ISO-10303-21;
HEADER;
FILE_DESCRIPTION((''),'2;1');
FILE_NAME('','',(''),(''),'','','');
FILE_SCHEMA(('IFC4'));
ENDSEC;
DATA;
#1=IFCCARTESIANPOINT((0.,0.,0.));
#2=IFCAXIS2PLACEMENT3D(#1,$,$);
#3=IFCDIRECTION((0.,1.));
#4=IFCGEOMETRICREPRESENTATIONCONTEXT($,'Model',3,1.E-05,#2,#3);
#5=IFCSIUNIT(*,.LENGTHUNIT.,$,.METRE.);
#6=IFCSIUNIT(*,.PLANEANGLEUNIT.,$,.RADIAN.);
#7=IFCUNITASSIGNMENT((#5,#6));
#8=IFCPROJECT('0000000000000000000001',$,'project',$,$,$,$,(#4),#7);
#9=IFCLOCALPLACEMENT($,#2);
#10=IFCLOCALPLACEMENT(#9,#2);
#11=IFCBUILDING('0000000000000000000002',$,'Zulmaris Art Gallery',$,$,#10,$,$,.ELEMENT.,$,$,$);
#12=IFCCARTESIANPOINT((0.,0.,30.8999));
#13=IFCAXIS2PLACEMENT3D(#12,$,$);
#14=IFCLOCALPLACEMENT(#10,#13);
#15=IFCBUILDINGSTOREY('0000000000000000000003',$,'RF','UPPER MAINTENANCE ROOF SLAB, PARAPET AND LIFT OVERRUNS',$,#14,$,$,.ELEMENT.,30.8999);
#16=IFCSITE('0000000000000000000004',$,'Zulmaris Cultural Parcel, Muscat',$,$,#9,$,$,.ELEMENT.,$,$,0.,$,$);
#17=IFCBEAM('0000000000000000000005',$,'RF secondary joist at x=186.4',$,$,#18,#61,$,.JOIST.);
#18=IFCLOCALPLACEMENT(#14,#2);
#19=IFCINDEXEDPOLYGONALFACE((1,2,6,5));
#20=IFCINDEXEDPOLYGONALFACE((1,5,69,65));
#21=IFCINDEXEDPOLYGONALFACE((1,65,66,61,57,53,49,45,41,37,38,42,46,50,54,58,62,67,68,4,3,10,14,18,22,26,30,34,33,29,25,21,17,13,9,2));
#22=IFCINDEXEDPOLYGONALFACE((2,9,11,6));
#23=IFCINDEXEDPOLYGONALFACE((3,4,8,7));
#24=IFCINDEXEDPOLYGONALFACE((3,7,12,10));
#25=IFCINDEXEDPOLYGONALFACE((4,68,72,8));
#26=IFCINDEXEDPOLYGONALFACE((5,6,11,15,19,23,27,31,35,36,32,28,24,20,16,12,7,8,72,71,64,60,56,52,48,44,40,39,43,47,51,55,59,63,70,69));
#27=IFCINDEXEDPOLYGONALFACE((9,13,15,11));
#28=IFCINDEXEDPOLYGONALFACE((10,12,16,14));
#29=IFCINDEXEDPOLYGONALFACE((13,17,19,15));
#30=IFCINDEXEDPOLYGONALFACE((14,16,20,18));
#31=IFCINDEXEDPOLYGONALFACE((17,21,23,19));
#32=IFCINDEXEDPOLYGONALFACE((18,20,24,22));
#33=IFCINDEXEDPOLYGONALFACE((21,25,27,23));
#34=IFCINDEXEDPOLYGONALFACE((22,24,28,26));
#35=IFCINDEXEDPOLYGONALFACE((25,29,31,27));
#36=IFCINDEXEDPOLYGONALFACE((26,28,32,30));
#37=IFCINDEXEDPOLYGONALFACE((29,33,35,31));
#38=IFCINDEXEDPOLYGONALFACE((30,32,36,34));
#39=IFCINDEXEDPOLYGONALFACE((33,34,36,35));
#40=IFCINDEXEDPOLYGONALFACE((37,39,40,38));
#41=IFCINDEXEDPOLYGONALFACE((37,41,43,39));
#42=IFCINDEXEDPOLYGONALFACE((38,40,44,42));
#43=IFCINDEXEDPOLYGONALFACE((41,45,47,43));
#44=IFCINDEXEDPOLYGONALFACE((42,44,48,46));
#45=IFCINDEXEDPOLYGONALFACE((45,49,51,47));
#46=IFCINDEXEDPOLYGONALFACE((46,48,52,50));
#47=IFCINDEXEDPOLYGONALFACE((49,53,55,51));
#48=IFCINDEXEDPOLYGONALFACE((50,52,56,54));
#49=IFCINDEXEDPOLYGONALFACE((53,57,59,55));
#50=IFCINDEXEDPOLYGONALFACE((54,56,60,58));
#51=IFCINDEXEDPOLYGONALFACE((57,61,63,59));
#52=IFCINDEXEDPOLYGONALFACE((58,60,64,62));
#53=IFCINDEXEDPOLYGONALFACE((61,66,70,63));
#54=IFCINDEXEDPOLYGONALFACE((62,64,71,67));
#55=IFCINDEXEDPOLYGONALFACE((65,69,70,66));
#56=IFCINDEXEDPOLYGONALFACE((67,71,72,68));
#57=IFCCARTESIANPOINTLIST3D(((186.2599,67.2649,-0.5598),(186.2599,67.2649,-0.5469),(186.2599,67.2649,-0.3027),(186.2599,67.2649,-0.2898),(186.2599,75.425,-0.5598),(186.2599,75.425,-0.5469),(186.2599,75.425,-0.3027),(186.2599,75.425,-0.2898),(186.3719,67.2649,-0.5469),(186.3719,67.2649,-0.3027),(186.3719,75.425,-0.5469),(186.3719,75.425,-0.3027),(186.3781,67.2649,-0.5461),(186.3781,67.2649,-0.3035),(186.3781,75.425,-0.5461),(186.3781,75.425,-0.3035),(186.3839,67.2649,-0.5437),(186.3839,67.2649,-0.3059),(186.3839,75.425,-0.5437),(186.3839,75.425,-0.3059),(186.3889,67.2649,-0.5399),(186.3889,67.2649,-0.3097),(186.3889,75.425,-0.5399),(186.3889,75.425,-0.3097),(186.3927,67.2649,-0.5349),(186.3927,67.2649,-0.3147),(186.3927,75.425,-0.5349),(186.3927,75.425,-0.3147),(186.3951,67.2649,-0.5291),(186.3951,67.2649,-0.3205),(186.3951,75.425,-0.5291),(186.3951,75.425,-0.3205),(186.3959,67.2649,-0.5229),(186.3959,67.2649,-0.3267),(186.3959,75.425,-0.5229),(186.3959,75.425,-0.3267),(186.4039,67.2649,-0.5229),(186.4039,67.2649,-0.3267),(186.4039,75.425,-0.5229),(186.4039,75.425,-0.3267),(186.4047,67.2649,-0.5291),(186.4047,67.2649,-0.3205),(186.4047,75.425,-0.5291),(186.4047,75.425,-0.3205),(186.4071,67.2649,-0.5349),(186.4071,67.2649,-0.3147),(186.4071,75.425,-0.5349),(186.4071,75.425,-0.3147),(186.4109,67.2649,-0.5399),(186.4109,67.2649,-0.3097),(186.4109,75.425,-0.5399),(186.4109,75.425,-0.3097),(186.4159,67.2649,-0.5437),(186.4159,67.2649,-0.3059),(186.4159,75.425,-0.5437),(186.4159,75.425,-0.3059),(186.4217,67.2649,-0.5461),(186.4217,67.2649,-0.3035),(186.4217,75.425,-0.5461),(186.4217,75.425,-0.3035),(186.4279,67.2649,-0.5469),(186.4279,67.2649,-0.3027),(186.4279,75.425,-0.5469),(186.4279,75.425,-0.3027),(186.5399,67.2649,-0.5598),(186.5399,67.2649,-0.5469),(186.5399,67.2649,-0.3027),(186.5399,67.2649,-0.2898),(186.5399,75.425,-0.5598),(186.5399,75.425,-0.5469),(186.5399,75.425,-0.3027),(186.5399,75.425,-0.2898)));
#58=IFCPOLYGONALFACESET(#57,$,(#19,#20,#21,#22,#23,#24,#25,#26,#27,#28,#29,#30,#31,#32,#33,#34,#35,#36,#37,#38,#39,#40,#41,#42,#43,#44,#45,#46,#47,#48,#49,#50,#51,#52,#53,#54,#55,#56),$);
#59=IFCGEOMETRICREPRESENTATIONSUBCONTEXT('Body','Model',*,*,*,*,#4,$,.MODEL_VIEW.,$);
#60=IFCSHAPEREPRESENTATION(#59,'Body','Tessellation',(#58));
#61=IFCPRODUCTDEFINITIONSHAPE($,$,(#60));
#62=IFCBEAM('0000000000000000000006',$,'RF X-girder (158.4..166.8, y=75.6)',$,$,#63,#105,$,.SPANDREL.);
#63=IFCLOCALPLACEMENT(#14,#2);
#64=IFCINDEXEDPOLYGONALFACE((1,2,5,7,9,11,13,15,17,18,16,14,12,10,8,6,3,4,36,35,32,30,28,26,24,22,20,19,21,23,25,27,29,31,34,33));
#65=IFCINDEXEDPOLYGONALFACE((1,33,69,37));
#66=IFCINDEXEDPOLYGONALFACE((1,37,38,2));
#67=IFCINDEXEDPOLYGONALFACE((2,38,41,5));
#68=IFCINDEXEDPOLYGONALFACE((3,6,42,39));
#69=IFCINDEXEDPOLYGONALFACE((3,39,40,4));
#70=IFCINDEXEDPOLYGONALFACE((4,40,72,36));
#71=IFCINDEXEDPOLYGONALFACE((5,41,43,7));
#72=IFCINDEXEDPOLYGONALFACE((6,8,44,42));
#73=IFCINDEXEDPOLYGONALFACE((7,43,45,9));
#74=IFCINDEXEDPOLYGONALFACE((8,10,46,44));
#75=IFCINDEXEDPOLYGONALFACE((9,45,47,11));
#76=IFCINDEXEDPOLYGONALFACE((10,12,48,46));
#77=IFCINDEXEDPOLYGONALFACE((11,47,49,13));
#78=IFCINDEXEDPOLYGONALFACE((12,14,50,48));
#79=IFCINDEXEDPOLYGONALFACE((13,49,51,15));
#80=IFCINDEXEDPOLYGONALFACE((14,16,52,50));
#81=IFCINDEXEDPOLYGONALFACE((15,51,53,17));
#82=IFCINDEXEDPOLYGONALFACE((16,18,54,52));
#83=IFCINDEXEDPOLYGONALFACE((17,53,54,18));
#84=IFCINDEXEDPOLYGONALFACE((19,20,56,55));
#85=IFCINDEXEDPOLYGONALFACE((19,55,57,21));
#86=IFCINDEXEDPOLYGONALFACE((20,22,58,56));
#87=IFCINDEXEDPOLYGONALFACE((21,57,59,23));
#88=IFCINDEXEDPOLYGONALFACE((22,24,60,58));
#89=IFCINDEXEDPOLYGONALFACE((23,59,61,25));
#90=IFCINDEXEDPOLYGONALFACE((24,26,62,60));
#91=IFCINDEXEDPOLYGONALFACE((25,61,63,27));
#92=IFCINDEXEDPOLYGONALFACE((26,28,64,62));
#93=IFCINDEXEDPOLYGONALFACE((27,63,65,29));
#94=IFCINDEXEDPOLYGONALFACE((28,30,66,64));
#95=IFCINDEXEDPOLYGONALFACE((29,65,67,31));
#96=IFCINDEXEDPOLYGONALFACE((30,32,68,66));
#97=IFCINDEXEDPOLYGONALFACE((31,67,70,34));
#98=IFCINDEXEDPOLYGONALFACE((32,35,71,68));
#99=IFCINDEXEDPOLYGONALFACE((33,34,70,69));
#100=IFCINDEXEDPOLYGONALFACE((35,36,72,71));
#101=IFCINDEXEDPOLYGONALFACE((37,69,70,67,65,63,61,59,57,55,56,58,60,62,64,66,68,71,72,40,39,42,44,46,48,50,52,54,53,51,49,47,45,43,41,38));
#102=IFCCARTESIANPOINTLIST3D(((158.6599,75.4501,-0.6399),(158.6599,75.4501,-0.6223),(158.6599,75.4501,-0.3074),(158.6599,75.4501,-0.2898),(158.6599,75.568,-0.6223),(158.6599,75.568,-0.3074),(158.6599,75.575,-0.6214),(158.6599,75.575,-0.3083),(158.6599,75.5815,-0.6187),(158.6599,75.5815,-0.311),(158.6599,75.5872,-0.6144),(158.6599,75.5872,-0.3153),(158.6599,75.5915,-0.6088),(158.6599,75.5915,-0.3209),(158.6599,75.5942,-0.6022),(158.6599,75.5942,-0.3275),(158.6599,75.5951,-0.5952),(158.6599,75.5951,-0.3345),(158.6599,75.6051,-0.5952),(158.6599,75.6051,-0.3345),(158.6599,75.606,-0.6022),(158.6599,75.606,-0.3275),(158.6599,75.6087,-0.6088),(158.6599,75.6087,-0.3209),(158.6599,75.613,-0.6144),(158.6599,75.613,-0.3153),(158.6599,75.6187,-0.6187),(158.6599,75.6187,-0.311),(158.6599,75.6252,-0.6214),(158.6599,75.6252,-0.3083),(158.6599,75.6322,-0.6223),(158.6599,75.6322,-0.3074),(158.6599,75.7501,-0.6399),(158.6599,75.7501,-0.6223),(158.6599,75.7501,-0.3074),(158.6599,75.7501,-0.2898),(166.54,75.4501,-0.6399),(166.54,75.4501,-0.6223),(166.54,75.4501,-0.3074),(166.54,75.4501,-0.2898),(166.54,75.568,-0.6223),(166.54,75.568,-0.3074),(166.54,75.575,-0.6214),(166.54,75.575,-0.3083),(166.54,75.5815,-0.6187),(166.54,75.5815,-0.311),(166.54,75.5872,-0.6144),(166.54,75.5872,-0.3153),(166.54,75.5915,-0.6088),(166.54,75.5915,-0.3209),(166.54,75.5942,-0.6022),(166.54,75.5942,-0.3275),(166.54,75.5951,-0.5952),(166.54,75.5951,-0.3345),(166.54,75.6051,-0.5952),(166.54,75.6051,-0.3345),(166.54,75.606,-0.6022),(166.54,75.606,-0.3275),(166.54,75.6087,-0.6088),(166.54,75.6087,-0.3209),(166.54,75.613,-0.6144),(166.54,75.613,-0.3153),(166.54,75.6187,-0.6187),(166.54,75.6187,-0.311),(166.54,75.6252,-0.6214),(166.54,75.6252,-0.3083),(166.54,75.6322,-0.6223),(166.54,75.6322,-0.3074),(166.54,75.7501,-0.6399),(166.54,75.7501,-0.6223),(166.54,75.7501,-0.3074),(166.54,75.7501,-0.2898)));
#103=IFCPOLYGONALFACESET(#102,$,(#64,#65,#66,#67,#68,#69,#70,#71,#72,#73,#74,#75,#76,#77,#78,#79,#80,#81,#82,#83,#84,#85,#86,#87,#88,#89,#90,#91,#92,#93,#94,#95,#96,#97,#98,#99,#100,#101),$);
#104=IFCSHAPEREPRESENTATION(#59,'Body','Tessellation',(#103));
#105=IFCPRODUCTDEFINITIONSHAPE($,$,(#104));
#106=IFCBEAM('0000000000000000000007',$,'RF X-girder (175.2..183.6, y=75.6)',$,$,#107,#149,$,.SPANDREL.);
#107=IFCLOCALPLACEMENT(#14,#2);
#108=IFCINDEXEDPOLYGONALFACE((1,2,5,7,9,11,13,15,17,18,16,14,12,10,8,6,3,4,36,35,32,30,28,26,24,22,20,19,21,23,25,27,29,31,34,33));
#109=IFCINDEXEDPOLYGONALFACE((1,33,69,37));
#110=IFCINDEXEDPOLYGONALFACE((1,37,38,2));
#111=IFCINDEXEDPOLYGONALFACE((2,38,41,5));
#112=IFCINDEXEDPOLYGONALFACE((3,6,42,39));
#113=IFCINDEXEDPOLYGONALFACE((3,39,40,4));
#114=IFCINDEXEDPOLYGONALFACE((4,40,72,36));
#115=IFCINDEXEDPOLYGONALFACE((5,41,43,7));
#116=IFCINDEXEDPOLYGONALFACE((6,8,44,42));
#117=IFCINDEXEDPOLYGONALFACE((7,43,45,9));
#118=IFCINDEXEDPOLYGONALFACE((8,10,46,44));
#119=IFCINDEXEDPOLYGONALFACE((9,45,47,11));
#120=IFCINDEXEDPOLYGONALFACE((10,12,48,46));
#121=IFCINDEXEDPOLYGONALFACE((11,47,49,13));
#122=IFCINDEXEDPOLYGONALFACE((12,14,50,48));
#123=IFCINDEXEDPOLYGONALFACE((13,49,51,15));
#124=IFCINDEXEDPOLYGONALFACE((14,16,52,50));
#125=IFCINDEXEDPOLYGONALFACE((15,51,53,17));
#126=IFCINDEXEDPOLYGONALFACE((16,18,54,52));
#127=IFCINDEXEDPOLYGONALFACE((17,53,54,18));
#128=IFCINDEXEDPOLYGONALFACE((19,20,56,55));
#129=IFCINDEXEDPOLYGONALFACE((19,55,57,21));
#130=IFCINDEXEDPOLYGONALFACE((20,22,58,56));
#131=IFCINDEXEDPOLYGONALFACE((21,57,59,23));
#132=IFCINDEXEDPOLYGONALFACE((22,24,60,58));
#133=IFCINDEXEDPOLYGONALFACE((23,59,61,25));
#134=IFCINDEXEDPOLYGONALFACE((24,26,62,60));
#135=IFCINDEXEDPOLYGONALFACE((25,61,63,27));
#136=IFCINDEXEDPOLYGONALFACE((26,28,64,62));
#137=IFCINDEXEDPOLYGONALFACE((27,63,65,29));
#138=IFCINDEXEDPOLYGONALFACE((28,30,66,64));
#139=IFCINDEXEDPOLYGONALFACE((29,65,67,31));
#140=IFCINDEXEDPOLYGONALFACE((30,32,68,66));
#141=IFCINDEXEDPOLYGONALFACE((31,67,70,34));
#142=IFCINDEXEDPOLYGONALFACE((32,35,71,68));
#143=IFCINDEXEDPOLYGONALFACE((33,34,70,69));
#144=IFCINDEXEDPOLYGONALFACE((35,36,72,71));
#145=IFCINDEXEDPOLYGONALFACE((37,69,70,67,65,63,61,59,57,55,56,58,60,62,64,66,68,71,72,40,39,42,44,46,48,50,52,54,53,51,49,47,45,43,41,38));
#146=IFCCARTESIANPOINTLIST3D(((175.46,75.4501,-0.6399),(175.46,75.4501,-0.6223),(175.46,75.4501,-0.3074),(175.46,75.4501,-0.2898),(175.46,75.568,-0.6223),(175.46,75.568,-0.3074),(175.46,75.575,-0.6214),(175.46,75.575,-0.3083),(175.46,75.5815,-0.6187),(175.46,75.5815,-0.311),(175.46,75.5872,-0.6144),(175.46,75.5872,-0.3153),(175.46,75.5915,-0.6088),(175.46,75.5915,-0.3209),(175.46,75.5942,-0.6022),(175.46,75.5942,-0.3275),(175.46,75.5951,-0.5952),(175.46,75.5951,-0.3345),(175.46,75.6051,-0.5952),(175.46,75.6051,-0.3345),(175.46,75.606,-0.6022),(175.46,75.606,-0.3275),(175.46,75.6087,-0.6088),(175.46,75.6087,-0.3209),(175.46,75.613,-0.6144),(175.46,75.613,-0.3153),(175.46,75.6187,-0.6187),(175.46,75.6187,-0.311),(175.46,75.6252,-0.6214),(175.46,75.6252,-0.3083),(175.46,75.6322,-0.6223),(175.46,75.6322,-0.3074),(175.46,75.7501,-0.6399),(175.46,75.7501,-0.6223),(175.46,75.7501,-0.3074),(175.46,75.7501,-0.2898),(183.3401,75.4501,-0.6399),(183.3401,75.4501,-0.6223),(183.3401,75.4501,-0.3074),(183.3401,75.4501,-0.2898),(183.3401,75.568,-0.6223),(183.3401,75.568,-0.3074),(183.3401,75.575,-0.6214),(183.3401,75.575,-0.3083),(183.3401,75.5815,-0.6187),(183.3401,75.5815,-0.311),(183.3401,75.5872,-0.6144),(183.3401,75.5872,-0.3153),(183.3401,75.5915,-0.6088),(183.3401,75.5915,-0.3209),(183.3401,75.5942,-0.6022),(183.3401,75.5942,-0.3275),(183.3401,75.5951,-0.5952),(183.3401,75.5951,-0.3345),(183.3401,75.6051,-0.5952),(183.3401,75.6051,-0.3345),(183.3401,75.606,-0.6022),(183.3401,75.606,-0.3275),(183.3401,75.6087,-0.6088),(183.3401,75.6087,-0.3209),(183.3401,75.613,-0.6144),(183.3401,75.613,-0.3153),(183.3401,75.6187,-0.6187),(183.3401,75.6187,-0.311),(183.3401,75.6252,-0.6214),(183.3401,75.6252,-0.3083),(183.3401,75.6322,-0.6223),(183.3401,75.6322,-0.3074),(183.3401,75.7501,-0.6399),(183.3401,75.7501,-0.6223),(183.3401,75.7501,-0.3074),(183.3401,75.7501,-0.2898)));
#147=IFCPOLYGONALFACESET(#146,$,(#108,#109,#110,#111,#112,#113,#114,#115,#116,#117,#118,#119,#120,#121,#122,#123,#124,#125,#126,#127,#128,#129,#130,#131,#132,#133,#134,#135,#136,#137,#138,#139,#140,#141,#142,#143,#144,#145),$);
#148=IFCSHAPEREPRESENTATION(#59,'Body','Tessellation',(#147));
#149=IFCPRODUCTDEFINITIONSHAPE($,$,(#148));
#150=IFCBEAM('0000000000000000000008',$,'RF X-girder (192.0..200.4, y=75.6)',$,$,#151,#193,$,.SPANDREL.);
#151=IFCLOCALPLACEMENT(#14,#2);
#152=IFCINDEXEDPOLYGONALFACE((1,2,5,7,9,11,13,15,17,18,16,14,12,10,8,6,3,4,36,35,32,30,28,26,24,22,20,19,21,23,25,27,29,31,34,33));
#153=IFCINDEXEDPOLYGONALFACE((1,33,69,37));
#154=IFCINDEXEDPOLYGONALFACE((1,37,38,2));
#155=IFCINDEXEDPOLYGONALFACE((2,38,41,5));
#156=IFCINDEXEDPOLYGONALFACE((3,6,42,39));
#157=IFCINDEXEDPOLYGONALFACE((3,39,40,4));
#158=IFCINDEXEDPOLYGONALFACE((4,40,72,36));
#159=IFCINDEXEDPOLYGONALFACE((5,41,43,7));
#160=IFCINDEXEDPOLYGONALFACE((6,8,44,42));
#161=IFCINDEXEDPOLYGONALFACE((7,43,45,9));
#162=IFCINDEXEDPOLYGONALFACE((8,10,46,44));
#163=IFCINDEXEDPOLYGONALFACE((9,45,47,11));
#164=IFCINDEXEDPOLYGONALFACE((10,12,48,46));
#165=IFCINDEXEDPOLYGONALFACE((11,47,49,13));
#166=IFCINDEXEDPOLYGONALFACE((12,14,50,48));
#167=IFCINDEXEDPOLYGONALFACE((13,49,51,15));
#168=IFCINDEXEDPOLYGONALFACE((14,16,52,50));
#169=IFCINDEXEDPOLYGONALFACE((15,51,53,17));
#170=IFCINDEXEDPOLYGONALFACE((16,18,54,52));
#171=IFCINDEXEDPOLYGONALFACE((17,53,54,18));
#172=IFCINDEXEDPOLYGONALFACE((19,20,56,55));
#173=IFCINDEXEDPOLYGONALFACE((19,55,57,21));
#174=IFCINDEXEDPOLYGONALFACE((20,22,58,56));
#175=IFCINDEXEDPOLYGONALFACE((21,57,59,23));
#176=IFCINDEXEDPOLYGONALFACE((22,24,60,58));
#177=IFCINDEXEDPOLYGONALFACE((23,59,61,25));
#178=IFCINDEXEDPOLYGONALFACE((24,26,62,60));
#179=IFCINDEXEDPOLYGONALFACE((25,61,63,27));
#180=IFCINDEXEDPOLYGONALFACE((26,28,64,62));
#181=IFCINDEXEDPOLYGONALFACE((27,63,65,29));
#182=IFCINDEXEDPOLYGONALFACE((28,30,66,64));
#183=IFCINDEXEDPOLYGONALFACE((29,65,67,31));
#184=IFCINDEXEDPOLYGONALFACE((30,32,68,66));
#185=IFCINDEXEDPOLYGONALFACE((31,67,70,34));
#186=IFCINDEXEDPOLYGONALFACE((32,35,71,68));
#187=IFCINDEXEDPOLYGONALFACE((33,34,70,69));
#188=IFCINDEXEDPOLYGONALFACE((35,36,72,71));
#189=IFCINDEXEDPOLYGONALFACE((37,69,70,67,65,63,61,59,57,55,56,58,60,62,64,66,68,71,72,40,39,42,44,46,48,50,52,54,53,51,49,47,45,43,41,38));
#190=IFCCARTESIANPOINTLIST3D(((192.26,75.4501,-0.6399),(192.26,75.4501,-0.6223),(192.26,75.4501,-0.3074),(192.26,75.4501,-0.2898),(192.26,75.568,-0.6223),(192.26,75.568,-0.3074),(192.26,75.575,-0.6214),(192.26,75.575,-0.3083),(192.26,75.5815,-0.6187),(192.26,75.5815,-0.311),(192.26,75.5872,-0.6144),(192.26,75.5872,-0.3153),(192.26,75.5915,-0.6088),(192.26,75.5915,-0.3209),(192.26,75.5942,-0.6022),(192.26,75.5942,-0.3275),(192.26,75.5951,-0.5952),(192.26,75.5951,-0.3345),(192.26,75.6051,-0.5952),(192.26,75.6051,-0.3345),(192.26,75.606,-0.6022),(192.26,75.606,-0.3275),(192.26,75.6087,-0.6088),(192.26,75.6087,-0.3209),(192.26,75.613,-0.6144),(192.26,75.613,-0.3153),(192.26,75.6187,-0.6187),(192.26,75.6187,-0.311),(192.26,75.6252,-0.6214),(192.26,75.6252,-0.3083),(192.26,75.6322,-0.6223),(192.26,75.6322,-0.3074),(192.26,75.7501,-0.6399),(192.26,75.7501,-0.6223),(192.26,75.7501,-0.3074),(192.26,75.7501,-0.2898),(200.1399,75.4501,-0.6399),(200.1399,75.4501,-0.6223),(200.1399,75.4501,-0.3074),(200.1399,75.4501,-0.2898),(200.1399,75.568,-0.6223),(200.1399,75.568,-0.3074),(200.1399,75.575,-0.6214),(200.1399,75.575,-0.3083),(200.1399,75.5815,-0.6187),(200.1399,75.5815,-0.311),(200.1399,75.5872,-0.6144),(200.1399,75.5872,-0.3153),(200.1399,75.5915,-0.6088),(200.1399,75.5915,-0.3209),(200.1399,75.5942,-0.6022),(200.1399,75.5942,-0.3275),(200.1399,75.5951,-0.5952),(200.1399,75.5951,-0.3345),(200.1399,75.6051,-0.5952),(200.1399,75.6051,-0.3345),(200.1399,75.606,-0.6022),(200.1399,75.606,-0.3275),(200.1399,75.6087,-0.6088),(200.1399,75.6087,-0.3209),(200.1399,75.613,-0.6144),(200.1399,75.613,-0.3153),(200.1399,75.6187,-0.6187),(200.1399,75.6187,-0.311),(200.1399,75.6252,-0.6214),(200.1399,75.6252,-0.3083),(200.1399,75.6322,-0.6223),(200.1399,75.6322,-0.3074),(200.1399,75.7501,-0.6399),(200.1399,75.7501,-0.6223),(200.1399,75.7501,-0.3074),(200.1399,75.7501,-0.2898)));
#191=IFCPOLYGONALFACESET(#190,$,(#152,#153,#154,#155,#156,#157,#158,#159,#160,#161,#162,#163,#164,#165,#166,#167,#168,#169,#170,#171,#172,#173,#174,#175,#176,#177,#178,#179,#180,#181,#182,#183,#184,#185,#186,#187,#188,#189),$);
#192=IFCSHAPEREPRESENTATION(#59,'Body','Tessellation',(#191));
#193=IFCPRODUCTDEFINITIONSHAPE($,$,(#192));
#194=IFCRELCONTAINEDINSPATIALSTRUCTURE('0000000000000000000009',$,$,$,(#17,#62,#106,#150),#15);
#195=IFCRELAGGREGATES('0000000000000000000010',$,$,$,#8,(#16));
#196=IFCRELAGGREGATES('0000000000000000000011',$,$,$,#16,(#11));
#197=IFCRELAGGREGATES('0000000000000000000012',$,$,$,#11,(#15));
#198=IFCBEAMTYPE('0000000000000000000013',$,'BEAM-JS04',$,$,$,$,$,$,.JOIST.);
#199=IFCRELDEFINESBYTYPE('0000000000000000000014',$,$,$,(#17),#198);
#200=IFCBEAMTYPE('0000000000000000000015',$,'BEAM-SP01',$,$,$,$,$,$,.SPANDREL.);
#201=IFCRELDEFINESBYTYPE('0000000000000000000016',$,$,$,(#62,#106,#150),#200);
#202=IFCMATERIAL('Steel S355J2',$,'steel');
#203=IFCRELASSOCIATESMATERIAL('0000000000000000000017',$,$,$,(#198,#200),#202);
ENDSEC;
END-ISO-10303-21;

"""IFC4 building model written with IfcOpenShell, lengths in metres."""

from ifc_helpers import new_model, si_unit, direction, frame, origin, origin_2d, place, context, subcontext, project, spatial, i_section, extrude, material, material_profile, profile_set, type_object, element, save


model = new_model("IFC4")

# Units and contexts
model_context = context("Model", 3, precision=1e-05, world=origin(), true_north=direction((0.0, 1.0)))
body_context = subcontext(model_context, "Body", "Model", "MODEL_VIEW")
ifc_project = project(units=[si_unit("LENGTHUNIT", "METRE"), si_unit("PLANEANGLEUNIT", "RADIAN")], contexts=[model_context])

# Site, building, storey
site_placement = place(None, origin())
site = spatial("IfcSite", under=ifc_project, at=site_placement, Name="Zulmaris Cultural Parcel, Muscat", CompositionType="ELEMENT", RefElevation=0.0)
building_placement = place(site_placement, origin())
building = spatial("IfcBuilding", under=site, at=building_placement, Name="Zulmaris Art Gallery", CompositionType="ELEMENT")
storey_placement = place(building_placement, frame((0.0, 0.0, 30.8999)))
storey = spatial("IfcBuildingStorey", under=building, at=storey_placement, Name="RF", Description="UPPER MAINTENANCE ROOF SLAB, PARAPET AND LIFT OVERRUNS", CompositionType="ELEMENT", Elevation=30.8999)

# Beams
ifc_material_1 = material(Name="Steel S355J2", Category="steel")
ifc_material_profile_1 = material_profile(ifc_material_1, i_section(OverallWidth=0.28, OverallDepth=0.27, WebThickness=0.0081, FlangeThickness=0.0129, FilletRadius=0.0239, at=origin_2d()), Name="HEA 280")
ifc_profile_set_1 = profile_set([ifc_material_profile_1], Name="Steel S355J2")
beam_type_1 = type_object("IfcBeamType", Name="BEAM-JS04", PredefinedType="JOIST", material=ifc_profile_set_1)
beam_1_placement = place(storey_placement, frame((186.3999, 67.2649, -0.4248), z_axis=(0.0, 1.0, 0.0), x_axis=(-1.0, 0.0, 0.0)))
element("IfcBeam", 1, at=beam_1_placement, inside=storey, type_object=beam_type_1, Name="RF secondary joist at x=186.4", PredefinedType="JOIST", context=body_context, shape_type="SweptSolid", body=[
    extrude(i_section(OverallWidth=0.28, OverallDepth=0.27, WebThickness=0.0081, FlangeThickness=0.0129, FilletRadius=0.0239, at=origin_2d()), origin(), (0.0, 0.0, 1.0), 8.1602),
])
ifc_material_profile_2 = material_profile(ifc_material_1, i_section(OverallWidth=0.3, OverallDepth=0.3501, WebThickness=0.01, FlangeThickness=0.0176, FilletRadius=0.0271, at=origin_2d()), Name="HEA 360")
ifc_profile_set_2 = profile_set([ifc_material_profile_2], Name="Steel S355J2")
beam_type_2 = type_object("IfcBeamType", Name="BEAM-SP01", PredefinedType="SPANDREL", material=ifc_profile_set_2)
for number, where, z_axis, x_axis, name in (
    (2, (158.6599, 75.6001, -0.4648), (1.0, 0.0, 0.0), (0.0, 1.0, 0.0), "RF X-girder (158.4..166.8, y=75.6)"),
    (3, (175.46, 75.6001, -0.4648), (1.0, 0.0, 0.0), (0.0, 1.0, 0.0), "RF X-girder (175.2..183.6, y=75.6)"),
):
    element("IfcBeam", number, at=place(storey_placement, frame(where, z_axis=z_axis, x_axis=x_axis)), inside=storey, type_object=beam_type_2, Name=name, PredefinedType="SPANDREL", context=body_context, shape_type="SweptSolid", body=[
        extrude(i_section(OverallWidth=0.3, OverallDepth=0.3501, WebThickness=0.01, FlangeThickness=0.0176, FilletRadius=0.0271, at=origin_2d()), origin(), (0.0, 0.0, 1.0), 7.8801),
    ])
beam_2_placement = place(storey_placement, frame((192.26, 75.6001, -0.4648), z_axis=(1.0, 0.0, 0.0), x_axis=(0.0, 1.0, 0.0)))
element("IfcBeam", 4, at=beam_2_placement, inside=storey, type_object=beam_type_2, Name="RF X-girder (192.0..200.4, y=75.6)", PredefinedType="SPANDREL", context=body_context, shape_type="SweptSolid", body=[
    extrude(i_section(OverallWidth=0.3, OverallDepth=0.3501, WebThickness=0.01, FlangeThickness=0.0176, FilletRadius=0.0271, at=origin_2d()), origin(), (0.0, 0.0, 1.0), 7.8799),
])

save(model, "model.ifc")
